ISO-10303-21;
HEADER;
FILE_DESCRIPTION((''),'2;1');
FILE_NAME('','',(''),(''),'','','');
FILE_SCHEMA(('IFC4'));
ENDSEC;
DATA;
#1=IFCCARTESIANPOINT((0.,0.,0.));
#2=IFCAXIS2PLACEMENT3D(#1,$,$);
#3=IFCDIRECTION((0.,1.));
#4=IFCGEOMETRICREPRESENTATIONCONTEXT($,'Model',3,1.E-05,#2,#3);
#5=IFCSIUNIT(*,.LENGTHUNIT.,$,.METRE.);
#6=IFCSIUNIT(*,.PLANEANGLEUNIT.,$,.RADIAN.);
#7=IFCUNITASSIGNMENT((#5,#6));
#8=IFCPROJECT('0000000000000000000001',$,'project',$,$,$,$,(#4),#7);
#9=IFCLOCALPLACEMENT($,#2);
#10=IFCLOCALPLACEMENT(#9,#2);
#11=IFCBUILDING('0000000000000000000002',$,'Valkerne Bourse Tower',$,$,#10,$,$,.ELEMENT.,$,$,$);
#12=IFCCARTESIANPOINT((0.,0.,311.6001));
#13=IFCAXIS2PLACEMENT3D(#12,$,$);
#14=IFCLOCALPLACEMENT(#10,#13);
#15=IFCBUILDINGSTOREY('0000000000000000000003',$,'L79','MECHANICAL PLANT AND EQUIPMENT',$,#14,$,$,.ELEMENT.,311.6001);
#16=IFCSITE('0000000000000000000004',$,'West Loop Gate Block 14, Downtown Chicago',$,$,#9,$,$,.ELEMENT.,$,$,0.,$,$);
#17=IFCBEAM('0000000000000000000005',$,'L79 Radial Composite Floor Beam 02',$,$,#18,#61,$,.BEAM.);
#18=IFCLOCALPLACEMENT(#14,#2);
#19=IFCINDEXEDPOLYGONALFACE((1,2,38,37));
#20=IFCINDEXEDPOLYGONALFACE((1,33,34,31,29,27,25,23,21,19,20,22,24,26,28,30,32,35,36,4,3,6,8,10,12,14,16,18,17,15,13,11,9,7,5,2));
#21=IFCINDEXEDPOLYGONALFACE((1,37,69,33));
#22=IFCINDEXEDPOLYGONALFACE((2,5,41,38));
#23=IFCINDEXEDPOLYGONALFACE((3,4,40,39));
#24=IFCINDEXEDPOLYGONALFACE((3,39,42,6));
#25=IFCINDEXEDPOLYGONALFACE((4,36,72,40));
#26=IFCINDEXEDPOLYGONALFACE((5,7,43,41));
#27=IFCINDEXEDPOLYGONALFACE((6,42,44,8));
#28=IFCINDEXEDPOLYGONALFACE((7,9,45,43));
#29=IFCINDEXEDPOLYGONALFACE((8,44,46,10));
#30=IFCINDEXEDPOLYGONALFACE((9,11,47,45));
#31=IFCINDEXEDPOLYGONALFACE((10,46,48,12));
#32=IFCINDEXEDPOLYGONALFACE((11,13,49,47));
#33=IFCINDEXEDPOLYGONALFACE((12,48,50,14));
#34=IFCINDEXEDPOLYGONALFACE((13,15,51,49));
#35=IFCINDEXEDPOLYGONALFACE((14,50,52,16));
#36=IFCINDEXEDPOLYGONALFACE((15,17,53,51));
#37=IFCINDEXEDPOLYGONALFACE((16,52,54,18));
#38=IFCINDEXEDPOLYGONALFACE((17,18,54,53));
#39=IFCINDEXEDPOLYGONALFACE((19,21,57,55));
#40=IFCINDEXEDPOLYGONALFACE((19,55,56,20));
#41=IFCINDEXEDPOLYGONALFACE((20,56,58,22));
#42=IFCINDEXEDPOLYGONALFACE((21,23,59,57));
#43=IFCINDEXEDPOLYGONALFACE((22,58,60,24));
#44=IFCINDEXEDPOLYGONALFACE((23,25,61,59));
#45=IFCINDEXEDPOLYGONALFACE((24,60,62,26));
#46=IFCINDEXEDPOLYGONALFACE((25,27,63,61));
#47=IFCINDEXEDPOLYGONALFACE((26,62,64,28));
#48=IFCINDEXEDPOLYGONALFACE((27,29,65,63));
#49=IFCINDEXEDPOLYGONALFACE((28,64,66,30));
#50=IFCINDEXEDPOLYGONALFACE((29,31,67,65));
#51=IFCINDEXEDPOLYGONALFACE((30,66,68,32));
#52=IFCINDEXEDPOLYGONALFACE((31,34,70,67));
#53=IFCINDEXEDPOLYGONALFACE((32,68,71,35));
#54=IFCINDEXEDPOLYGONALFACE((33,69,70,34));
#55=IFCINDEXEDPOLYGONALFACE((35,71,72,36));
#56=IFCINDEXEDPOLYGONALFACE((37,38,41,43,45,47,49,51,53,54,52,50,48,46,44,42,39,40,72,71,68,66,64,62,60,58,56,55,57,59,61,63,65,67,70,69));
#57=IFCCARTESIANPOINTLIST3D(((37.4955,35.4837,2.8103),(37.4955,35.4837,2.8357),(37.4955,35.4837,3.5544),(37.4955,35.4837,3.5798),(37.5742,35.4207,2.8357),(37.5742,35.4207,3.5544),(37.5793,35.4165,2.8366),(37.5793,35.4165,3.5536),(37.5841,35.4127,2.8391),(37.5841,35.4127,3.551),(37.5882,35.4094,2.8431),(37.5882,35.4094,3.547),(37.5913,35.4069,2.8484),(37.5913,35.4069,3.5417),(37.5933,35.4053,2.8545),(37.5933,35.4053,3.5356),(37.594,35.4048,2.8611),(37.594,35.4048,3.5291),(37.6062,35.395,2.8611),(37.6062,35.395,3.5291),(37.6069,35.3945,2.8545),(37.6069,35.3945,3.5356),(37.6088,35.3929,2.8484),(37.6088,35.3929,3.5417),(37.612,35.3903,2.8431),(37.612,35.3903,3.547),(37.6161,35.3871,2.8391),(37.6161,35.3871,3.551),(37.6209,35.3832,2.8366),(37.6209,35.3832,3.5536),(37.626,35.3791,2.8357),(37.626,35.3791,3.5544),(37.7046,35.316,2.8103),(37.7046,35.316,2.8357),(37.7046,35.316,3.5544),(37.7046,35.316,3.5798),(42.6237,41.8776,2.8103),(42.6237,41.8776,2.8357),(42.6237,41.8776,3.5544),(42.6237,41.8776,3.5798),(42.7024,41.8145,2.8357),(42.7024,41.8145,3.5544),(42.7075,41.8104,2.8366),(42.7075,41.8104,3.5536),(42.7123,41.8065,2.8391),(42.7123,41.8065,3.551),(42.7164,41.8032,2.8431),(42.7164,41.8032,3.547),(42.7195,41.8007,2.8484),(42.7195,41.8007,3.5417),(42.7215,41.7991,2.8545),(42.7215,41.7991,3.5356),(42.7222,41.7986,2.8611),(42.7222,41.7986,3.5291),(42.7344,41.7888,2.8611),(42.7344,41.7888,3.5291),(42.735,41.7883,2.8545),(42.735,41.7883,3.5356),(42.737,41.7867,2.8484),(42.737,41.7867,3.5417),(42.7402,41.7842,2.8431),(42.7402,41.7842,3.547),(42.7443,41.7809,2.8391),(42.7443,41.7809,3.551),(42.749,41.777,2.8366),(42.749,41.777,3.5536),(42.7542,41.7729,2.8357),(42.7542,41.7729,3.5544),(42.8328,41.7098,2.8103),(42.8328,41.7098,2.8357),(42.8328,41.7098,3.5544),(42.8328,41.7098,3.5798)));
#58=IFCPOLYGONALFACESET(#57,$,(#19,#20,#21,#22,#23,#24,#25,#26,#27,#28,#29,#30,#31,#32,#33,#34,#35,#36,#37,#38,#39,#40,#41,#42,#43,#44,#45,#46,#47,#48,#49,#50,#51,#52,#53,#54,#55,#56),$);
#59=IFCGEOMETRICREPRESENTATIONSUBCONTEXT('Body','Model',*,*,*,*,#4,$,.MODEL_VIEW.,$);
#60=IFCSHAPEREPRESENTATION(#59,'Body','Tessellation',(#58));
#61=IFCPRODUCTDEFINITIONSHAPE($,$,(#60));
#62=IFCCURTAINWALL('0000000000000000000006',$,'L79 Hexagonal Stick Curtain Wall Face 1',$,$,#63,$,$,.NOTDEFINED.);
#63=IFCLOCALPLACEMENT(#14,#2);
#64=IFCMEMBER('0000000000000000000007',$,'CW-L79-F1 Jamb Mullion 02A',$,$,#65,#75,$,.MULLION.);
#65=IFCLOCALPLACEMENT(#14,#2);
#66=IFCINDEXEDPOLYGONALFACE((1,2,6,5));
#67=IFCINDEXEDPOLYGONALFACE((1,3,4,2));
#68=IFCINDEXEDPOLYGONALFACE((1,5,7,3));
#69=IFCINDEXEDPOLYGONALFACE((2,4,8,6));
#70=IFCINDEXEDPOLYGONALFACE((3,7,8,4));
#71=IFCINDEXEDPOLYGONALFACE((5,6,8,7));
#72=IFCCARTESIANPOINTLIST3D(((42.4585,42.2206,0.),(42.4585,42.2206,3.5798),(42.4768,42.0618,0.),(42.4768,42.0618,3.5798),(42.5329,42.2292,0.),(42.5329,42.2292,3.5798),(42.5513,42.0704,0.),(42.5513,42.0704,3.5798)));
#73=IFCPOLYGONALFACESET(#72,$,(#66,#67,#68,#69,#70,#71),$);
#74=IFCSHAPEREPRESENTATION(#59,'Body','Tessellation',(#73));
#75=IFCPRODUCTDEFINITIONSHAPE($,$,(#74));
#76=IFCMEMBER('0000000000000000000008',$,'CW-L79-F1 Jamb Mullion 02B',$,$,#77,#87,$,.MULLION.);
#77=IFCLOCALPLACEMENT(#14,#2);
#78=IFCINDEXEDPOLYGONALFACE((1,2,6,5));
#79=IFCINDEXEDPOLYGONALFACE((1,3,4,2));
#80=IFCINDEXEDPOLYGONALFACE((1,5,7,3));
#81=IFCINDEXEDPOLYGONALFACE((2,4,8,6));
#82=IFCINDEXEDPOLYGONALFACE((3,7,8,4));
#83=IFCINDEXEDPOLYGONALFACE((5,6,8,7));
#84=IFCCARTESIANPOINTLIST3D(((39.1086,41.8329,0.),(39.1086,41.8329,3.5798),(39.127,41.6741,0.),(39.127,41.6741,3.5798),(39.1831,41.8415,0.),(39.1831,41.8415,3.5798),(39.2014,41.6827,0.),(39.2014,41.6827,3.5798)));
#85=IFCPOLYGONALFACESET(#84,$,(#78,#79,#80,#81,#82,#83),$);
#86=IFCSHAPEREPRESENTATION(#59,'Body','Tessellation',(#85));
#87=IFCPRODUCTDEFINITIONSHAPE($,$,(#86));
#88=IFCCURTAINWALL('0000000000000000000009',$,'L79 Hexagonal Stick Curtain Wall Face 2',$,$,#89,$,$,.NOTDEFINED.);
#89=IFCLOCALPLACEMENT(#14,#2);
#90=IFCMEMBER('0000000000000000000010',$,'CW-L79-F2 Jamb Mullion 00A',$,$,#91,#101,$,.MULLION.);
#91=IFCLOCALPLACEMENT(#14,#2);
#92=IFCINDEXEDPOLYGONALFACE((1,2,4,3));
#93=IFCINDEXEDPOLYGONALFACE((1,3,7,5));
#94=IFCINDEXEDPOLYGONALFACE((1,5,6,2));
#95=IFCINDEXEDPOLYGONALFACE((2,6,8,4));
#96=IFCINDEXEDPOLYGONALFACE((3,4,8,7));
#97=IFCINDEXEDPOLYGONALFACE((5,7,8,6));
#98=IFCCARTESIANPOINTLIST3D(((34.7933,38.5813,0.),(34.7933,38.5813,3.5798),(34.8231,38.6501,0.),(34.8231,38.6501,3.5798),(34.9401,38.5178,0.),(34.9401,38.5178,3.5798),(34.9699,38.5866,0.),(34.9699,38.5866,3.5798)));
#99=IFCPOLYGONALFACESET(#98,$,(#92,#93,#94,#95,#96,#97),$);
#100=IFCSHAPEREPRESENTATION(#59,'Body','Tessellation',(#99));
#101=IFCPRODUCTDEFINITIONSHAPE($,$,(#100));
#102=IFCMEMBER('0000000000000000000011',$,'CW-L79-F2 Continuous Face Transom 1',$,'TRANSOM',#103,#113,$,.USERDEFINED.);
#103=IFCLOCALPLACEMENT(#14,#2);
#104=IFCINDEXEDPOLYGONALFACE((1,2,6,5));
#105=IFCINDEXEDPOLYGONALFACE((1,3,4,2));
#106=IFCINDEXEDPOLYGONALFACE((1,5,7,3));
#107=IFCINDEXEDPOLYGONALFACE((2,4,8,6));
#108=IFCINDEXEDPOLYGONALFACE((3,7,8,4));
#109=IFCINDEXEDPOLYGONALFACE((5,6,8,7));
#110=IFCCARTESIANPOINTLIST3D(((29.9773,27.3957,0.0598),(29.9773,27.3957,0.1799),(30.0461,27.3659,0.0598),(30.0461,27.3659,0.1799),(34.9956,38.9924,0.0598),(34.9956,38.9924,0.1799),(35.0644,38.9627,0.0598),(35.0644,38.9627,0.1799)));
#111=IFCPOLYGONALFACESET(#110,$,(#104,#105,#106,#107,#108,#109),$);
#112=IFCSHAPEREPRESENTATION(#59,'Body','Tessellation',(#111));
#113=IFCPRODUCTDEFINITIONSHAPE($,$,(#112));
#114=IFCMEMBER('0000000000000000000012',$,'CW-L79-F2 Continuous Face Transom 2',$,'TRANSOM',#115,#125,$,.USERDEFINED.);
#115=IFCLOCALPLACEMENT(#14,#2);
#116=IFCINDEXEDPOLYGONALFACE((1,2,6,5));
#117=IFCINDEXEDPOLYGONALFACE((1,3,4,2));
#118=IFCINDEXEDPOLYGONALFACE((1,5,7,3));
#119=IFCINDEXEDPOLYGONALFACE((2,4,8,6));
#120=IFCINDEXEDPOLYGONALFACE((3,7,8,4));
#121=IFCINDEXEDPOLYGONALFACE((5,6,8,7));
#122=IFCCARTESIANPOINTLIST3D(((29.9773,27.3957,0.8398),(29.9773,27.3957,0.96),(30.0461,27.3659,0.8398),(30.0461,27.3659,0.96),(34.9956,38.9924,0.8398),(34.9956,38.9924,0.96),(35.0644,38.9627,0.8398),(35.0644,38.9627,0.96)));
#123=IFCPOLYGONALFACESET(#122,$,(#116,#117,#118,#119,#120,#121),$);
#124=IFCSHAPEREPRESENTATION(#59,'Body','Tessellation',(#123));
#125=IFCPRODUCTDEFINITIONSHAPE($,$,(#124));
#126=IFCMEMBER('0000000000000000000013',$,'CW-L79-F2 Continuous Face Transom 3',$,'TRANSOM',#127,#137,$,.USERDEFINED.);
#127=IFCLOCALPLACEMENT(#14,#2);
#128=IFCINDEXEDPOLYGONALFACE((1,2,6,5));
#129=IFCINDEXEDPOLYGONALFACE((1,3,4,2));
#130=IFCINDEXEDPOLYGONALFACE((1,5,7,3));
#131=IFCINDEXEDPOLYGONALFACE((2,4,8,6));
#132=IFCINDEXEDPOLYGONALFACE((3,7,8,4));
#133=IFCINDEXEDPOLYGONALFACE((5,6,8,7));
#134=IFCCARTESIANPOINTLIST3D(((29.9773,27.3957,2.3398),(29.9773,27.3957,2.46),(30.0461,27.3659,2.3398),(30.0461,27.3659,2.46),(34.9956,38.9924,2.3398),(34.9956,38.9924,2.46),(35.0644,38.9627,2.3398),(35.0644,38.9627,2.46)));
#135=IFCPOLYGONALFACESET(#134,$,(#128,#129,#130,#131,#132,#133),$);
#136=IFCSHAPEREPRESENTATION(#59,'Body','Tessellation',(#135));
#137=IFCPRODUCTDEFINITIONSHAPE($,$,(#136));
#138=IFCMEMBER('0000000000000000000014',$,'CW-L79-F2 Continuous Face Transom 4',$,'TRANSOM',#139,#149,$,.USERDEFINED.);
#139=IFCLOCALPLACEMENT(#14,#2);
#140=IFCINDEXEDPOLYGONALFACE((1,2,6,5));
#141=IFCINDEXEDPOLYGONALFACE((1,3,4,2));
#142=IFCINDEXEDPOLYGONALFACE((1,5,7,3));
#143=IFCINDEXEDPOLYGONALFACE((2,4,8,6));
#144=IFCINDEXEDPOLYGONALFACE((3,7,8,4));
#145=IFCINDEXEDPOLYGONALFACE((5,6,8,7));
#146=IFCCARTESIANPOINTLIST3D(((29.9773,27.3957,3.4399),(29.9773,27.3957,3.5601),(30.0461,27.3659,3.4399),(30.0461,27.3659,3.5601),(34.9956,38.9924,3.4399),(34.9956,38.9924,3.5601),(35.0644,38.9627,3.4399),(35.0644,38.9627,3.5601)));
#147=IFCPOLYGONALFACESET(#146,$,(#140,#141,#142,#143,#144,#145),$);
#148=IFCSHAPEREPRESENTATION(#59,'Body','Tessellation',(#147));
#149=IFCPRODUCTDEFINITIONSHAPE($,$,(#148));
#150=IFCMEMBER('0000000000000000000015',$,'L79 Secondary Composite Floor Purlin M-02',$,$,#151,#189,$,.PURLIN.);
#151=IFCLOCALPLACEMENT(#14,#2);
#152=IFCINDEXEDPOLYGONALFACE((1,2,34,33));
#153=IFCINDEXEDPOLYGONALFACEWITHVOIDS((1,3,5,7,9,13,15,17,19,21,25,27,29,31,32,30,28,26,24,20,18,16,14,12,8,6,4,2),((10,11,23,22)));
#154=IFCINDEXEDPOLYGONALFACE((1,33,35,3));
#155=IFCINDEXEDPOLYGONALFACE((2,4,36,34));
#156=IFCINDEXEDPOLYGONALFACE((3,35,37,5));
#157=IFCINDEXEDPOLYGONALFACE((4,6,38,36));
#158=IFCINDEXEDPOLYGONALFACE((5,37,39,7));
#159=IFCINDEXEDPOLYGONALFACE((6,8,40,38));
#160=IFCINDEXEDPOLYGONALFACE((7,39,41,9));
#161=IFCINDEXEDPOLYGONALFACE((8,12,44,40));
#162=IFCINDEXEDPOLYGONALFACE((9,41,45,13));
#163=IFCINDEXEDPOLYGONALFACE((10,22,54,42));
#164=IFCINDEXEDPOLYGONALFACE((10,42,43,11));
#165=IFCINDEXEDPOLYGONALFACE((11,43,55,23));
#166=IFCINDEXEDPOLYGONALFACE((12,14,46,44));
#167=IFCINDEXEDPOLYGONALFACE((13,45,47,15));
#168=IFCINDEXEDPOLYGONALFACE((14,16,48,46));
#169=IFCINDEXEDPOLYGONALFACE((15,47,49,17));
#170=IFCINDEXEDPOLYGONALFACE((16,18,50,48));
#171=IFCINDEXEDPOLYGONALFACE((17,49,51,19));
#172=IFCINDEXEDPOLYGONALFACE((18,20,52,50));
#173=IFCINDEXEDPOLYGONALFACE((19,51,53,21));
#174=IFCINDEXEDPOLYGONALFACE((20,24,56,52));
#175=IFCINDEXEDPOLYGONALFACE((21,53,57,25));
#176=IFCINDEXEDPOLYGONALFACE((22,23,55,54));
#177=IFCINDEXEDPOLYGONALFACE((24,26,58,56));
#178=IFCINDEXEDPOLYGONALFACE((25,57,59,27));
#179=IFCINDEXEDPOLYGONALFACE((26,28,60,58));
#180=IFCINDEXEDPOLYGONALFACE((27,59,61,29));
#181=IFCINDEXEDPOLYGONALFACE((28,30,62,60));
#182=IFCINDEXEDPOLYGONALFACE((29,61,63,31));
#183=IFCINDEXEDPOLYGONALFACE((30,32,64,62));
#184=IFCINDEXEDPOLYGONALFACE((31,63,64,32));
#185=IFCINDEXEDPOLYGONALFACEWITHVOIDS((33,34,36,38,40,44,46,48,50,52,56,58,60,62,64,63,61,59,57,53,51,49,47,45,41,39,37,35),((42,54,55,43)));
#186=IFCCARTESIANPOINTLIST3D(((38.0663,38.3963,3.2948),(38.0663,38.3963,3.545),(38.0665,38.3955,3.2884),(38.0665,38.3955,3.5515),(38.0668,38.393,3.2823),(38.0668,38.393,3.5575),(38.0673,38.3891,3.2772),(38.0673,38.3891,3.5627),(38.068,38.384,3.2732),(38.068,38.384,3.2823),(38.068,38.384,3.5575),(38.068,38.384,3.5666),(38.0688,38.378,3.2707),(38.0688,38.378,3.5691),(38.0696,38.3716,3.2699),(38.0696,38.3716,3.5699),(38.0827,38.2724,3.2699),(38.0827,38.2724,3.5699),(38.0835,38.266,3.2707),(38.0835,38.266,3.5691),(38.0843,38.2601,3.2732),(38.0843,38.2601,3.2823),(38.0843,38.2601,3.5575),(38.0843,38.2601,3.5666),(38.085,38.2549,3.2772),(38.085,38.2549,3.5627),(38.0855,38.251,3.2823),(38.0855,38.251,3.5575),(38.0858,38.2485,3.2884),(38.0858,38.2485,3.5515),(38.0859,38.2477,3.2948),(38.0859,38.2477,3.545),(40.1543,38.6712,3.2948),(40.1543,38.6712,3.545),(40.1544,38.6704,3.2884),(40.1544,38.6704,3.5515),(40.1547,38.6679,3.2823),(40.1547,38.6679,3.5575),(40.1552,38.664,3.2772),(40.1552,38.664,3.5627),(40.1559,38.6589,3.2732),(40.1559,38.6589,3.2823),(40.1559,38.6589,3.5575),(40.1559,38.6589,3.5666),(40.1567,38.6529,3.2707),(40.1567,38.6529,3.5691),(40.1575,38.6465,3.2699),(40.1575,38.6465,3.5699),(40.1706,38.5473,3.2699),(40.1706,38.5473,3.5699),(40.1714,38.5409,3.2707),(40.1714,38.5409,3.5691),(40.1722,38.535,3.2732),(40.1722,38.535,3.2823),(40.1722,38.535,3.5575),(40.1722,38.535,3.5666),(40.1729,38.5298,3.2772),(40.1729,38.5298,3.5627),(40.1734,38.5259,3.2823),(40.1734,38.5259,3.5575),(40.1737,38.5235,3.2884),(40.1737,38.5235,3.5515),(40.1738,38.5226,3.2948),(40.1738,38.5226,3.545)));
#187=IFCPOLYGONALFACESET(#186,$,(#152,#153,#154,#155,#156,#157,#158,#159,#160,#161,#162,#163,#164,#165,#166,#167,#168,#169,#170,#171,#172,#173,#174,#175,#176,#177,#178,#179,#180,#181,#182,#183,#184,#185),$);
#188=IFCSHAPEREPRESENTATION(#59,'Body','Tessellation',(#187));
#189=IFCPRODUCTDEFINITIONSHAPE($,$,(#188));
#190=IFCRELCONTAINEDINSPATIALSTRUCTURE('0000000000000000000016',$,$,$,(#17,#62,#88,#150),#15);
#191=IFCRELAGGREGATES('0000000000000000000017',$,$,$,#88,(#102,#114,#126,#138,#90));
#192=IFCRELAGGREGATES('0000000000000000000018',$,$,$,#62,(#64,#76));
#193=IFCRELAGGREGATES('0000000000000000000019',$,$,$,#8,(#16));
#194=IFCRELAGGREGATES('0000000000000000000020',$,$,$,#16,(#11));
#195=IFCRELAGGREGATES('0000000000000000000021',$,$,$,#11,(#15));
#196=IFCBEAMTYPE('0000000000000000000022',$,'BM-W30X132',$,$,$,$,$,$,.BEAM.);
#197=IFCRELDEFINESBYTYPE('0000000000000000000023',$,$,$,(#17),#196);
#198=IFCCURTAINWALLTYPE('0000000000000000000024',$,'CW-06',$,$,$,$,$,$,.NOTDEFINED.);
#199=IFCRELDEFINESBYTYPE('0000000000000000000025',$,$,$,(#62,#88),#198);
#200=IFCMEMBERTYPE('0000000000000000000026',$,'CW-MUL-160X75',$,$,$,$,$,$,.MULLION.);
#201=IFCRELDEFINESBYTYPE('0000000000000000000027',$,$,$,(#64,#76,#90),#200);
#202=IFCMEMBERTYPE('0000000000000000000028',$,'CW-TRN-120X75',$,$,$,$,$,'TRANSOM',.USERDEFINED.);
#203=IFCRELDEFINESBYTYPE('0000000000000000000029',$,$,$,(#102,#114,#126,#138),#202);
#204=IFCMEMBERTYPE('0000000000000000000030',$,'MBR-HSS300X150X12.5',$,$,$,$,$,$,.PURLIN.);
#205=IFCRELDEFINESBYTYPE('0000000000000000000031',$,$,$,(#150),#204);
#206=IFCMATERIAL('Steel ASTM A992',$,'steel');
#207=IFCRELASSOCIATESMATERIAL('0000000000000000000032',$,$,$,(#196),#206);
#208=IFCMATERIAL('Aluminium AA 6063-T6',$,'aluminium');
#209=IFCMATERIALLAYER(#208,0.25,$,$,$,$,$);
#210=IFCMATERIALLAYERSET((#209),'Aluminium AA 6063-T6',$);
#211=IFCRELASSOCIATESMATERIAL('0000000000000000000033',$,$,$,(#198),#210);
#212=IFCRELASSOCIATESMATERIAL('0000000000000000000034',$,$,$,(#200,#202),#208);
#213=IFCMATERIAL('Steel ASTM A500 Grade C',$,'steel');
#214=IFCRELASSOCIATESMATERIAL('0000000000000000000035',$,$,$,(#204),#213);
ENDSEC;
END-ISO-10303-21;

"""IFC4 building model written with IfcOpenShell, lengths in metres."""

from ifc_helpers import new_model, si_unit, direction, frame, origin, origin_2d, place, context, subcontext, project, spatial, rectangle, hollow_rectangle, i_section, extrude, material, layer, layer_set, material_profile, profile_set, type_object, element, aggregate, save


model = new_model("IFC4")

# Units and contexts
model_context = context("Model", 3, precision=1e-05, world=origin(), true_north=direction((0.0, 1.0)))
body_context = subcontext(model_context, "Body", "Model", "MODEL_VIEW")
ifc_project = project(units=[si_unit("LENGTHUNIT", "METRE"), si_unit("PLANEANGLEUNIT", "RADIAN")], contexts=[model_context])

# Site, building, storey
site_placement = place(None, origin())
site = spatial("IfcSite", under=ifc_project, at=site_placement, Name="West Loop Gate Block 14, Downtown Chicago", CompositionType="ELEMENT", RefElevation=0.0)
building_placement = place(site_placement, origin())
building = spatial("IfcBuilding", under=site, at=building_placement, Name="Valkerne Bourse Tower", CompositionType="ELEMENT")
storey_placement = place(building_placement, frame((0.0, 0.0, 311.6001)))
storey = spatial("IfcBuildingStorey", under=building, at=storey_placement, Name="L79", Description="MECHANICAL PLANT AND EQUIPMENT", CompositionType="ELEMENT", Elevation=311.6001)

# Shared definitions
ifc_material_1 = material(Name="Steel ASTM A500 Grade C", Category="steel")

# Beam
ifc_material_2 = material(Name="Steel ASTM A992", Category="steel")
ifc_material_profile_1 = material_profile(ifc_material_2, i_section(OverallWidth=0.2681, OverallDepth=0.7695, WebThickness=0.0156, FlangeThickness=0.0254, FilletRadius=0.0254, at=origin_2d()), Name="W30X132")
ifc_profile_set_1 = profile_set([ifc_material_profile_1], Name="Steel ASTM A992")
beam_type_1 = type_object("IfcBeamType", Name="BM-W30X132", PredefinedType="BEAM", material=ifc_profile_set_1)
beam_1_placement = place(storey_placement, frame((42.7283, 41.7937, 3.1951), z_axis=(-0.625672, -0.780086, 0.0), x_axis=(0.780086, -0.625672, 0.0)))
element("IfcBeam", 1, at=beam_1_placement, inside=storey, type_object=beam_type_1, Name="L79 Radial Composite Floor Beam 02", PredefinedType="BEAM", context=body_context, shape_type="SweptSolid", body=[
    extrude(i_section(OverallWidth=0.2681, OverallDepth=0.7695, WebThickness=0.0156, FlangeThickness=0.0254, FilletRadius=0.0254, at=origin_2d()), origin(), (0.0, 0.0, 1.0), 8.1963),
])

# Curtain walls, members
ifc_material_3 = material(Name="Aluminium AA 6063-T6", Category="aluminium")
ifc_layer_1 = layer(ifc_material_3, 0.25)
ifc_layer_set_1 = layer_set([ifc_layer_1], Name="Aluminium AA 6063-T6")
curtain_wall_type = type_object("IfcCurtainWallType", Name="CW-06", PredefinedType="NOTDEFINED", material=ifc_layer_set_1)
curtain_wall_1_placement = place(storey_placement, origin())
curtain_wall_1 = element("IfcCurtainWall", 2, at=curtain_wall_1_placement, inside=storey, type_object=curtain_wall_type, Name="L79 Hexagonal Stick Curtain Wall Face 1", PredefinedType="NOTDEFINED")
ifc_material_profile_2 = material_profile(ifc_material_3, rectangle(XDim=0.075, YDim=0.1599, at=origin_2d()), Name="CWM-75X160")
ifc_profile_set_2 = profile_set([ifc_material_profile_2], Name="Aluminium AA 6063-T6")
member_type_1 = type_object("IfcMemberType", Name="CW-MUL-160X75", PredefinedType="MULLION", material=ifc_profile_set_2)
member_1_placement = place(storey_placement, frame((42.5049, 42.1455, 0.0), z_axis=(0.0, 0.0, 1.0), x_axis=(-0.993371, -0.114957, 0.0)))
member_1 = element("IfcMember", 3, at=member_1_placement, type_object=member_type_1, Name="CW-L79-F1 Jamb Mullion 02A", PredefinedType="MULLION", context=body_context, shape_type="SweptSolid", body=[
    extrude(rectangle(XDim=0.075, YDim=0.1599, at=origin_2d()), origin(), (0.0, 0.0, 1.0), 3.5798),
])
member_2_placement = place(storey_placement, frame((39.155, 41.7578, 0.0), z_axis=(0.0, 0.0, 1.0), x_axis=(-0.993371, -0.114957, 0.0)))
member_2 = element("IfcMember", 4, at=member_2_placement, type_object=member_type_1, Name="CW-L79-F1 Jamb Mullion 02B", PredefinedType="MULLION", context=body_context, shape_type="SweptSolid", body=[
    extrude(rectangle(XDim=0.075, YDim=0.1599, at=origin_2d()), origin(), (0.0, 0.0, 1.0), 3.5798),
])
curtain_wall_2_placement = place(storey_placement, origin())
curtain_wall_2 = element("IfcCurtainWall", 5, at=curtain_wall_2_placement, inside=storey, type_object=curtain_wall_type, Name="L79 Hexagonal Stick Curtain Wall Face 2", PredefinedType="NOTDEFINED")
member_3_placement = place(storey_placement, frame((34.8816, 38.584, 0.0), z_axis=(0.0, 0.0, 1.0), x_axis=(-0.397149, -0.917754, 0.0)))
member_3 = element("IfcMember", 6, at=member_3_placement, type_object=member_type_1, Name="CW-L79-F2 Jamb Mullion 00A", PredefinedType="MULLION", context=body_context, shape_type="SweptSolid", body=[
    extrude(rectangle(XDim=0.075, YDim=0.1599, at=origin_2d()), origin(), (0.0, 0.0, 1.0), 3.5798),
])
ifc_material_profile_3 = material_profile(ifc_material_3, rectangle(XDim=0.075, YDim=0.1201, at=origin_2d()), Name="CWT-75X120")
ifc_profile_set_3 = profile_set([ifc_material_profile_3], Name="Aluminium AA 6063-T6")
member_type_2 = type_object("IfcMemberType", Name="CW-TRN-120X75", ElementType="TRANSOM", PredefinedType="USERDEFINED", material=ifc_profile_set_3)
member_4_placement = place(storey_placement, frame((35.03, 38.9775, 0.1199), z_axis=(-0.397146, -0.917755, 0.0), x_axis=(0.917755, -0.397146, 0.0)))
member_4 = element("IfcMember", 7, at=member_4_placement, type_object=member_type_2, Name="CW-L79-F2 Continuous Face Transom 1", ObjectType="TRANSOM", PredefinedType="USERDEFINED", context=body_context, shape_type="SweptSolid", body=[
    extrude(rectangle(XDim=0.075, YDim=0.1201, at=origin_2d()), origin(), (0.0, 0.0, 1.0), 12.636),
])
member_5_placement = place(storey_placement, frame((35.03, 38.9775, 0.8999), z_axis=(-0.397146, -0.917755, 0.0), x_axis=(0.917755, -0.397146, 0.0)))
member_5 = element("IfcMember", 8, at=member_5_placement, type_object=member_type_2, Name="CW-L79-F2 Continuous Face Transom 2", ObjectType="TRANSOM", PredefinedType="USERDEFINED", context=body_context, shape_type="SweptSolid", body=[
    extrude(rectangle(XDim=0.075, YDim=0.1201, at=origin_2d()), origin(), (0.0, 0.0, 1.0), 12.636),
])
member_6_placement = place(storey_placement, frame((35.03, 38.9775, 2.3999), z_axis=(-0.397146, -0.917755, 0.0), x_axis=(0.917755, -0.397146, 0.0)))
member_6 = element("IfcMember", 9, at=member_6_placement, type_object=member_type_2, Name="CW-L79-F2 Continuous Face Transom 3", ObjectType="TRANSOM", PredefinedType="USERDEFINED", context=body_context, shape_type="SweptSolid", body=[
    extrude(rectangle(XDim=0.075, YDim=0.1201, at=origin_2d()), origin(), (0.0, 0.0, 1.0), 12.636),
])
member_7_placement = place(storey_placement, frame((35.03, 38.9775, 3.5), z_axis=(-0.397146, -0.917755, 0.0), x_axis=(0.917755, -0.397146, 0.0)))
member_7 = element("IfcMember", 10, at=member_7_placement, type_object=member_type_2, Name="CW-L79-F2 Continuous Face Transom 4", ObjectType="TRANSOM", PredefinedType="USERDEFINED", context=body_context, shape_type="SweptSolid", body=[
    extrude(rectangle(XDim=0.075, YDim=0.1201, at=origin_2d()), origin(), (0.0, 0.0, 1.0), 12.636),
])
aggregate(curtain_wall_2, [member_4, member_5, member_6, member_7, member_3])

# Member
ifc_material_profile_4 = material_profile(ifc_material_1, hollow_rectangle(XDim=0.1499, YDim=0.3, WallThickness=0.0125, OuterFilletRadius=0.0249, at=origin_2d()), Name="HSS300X150X12.5")
ifc_profile_set_4 = profile_set([ifc_material_profile_4], Name="Steel ASTM A500 Grade C")
member_type_3 = type_object("IfcMemberType", Name="MBR-HSS300X150X12.5", PredefinedType="PURLIN", material=ifc_profile_set_4)
member_8_placement = place(storey_placement, frame((40.1641, 38.5969, 3.4199), z_axis=(-0.991443, -0.130538, 0.0), x_axis=(0.130538, -0.991443, 0.0)))
element("IfcMember", 11, at=member_8_placement, inside=storey, type_object=member_type_3, Name="L79 Secondary Composite Floor Purlin M-02", PredefinedType="PURLIN", context=body_context, shape_type="SweptSolid", body=[
    extrude(hollow_rectangle(XDim=0.1499, YDim=0.3, WallThickness=0.0125, OuterFilletRadius=0.0249, at=origin_2d()), origin(), (0.0, 0.0, 1.0), 2.106),
])

aggregate(curtain_wall_1, [member_1, member_2])

save(model, "model.ifc")
